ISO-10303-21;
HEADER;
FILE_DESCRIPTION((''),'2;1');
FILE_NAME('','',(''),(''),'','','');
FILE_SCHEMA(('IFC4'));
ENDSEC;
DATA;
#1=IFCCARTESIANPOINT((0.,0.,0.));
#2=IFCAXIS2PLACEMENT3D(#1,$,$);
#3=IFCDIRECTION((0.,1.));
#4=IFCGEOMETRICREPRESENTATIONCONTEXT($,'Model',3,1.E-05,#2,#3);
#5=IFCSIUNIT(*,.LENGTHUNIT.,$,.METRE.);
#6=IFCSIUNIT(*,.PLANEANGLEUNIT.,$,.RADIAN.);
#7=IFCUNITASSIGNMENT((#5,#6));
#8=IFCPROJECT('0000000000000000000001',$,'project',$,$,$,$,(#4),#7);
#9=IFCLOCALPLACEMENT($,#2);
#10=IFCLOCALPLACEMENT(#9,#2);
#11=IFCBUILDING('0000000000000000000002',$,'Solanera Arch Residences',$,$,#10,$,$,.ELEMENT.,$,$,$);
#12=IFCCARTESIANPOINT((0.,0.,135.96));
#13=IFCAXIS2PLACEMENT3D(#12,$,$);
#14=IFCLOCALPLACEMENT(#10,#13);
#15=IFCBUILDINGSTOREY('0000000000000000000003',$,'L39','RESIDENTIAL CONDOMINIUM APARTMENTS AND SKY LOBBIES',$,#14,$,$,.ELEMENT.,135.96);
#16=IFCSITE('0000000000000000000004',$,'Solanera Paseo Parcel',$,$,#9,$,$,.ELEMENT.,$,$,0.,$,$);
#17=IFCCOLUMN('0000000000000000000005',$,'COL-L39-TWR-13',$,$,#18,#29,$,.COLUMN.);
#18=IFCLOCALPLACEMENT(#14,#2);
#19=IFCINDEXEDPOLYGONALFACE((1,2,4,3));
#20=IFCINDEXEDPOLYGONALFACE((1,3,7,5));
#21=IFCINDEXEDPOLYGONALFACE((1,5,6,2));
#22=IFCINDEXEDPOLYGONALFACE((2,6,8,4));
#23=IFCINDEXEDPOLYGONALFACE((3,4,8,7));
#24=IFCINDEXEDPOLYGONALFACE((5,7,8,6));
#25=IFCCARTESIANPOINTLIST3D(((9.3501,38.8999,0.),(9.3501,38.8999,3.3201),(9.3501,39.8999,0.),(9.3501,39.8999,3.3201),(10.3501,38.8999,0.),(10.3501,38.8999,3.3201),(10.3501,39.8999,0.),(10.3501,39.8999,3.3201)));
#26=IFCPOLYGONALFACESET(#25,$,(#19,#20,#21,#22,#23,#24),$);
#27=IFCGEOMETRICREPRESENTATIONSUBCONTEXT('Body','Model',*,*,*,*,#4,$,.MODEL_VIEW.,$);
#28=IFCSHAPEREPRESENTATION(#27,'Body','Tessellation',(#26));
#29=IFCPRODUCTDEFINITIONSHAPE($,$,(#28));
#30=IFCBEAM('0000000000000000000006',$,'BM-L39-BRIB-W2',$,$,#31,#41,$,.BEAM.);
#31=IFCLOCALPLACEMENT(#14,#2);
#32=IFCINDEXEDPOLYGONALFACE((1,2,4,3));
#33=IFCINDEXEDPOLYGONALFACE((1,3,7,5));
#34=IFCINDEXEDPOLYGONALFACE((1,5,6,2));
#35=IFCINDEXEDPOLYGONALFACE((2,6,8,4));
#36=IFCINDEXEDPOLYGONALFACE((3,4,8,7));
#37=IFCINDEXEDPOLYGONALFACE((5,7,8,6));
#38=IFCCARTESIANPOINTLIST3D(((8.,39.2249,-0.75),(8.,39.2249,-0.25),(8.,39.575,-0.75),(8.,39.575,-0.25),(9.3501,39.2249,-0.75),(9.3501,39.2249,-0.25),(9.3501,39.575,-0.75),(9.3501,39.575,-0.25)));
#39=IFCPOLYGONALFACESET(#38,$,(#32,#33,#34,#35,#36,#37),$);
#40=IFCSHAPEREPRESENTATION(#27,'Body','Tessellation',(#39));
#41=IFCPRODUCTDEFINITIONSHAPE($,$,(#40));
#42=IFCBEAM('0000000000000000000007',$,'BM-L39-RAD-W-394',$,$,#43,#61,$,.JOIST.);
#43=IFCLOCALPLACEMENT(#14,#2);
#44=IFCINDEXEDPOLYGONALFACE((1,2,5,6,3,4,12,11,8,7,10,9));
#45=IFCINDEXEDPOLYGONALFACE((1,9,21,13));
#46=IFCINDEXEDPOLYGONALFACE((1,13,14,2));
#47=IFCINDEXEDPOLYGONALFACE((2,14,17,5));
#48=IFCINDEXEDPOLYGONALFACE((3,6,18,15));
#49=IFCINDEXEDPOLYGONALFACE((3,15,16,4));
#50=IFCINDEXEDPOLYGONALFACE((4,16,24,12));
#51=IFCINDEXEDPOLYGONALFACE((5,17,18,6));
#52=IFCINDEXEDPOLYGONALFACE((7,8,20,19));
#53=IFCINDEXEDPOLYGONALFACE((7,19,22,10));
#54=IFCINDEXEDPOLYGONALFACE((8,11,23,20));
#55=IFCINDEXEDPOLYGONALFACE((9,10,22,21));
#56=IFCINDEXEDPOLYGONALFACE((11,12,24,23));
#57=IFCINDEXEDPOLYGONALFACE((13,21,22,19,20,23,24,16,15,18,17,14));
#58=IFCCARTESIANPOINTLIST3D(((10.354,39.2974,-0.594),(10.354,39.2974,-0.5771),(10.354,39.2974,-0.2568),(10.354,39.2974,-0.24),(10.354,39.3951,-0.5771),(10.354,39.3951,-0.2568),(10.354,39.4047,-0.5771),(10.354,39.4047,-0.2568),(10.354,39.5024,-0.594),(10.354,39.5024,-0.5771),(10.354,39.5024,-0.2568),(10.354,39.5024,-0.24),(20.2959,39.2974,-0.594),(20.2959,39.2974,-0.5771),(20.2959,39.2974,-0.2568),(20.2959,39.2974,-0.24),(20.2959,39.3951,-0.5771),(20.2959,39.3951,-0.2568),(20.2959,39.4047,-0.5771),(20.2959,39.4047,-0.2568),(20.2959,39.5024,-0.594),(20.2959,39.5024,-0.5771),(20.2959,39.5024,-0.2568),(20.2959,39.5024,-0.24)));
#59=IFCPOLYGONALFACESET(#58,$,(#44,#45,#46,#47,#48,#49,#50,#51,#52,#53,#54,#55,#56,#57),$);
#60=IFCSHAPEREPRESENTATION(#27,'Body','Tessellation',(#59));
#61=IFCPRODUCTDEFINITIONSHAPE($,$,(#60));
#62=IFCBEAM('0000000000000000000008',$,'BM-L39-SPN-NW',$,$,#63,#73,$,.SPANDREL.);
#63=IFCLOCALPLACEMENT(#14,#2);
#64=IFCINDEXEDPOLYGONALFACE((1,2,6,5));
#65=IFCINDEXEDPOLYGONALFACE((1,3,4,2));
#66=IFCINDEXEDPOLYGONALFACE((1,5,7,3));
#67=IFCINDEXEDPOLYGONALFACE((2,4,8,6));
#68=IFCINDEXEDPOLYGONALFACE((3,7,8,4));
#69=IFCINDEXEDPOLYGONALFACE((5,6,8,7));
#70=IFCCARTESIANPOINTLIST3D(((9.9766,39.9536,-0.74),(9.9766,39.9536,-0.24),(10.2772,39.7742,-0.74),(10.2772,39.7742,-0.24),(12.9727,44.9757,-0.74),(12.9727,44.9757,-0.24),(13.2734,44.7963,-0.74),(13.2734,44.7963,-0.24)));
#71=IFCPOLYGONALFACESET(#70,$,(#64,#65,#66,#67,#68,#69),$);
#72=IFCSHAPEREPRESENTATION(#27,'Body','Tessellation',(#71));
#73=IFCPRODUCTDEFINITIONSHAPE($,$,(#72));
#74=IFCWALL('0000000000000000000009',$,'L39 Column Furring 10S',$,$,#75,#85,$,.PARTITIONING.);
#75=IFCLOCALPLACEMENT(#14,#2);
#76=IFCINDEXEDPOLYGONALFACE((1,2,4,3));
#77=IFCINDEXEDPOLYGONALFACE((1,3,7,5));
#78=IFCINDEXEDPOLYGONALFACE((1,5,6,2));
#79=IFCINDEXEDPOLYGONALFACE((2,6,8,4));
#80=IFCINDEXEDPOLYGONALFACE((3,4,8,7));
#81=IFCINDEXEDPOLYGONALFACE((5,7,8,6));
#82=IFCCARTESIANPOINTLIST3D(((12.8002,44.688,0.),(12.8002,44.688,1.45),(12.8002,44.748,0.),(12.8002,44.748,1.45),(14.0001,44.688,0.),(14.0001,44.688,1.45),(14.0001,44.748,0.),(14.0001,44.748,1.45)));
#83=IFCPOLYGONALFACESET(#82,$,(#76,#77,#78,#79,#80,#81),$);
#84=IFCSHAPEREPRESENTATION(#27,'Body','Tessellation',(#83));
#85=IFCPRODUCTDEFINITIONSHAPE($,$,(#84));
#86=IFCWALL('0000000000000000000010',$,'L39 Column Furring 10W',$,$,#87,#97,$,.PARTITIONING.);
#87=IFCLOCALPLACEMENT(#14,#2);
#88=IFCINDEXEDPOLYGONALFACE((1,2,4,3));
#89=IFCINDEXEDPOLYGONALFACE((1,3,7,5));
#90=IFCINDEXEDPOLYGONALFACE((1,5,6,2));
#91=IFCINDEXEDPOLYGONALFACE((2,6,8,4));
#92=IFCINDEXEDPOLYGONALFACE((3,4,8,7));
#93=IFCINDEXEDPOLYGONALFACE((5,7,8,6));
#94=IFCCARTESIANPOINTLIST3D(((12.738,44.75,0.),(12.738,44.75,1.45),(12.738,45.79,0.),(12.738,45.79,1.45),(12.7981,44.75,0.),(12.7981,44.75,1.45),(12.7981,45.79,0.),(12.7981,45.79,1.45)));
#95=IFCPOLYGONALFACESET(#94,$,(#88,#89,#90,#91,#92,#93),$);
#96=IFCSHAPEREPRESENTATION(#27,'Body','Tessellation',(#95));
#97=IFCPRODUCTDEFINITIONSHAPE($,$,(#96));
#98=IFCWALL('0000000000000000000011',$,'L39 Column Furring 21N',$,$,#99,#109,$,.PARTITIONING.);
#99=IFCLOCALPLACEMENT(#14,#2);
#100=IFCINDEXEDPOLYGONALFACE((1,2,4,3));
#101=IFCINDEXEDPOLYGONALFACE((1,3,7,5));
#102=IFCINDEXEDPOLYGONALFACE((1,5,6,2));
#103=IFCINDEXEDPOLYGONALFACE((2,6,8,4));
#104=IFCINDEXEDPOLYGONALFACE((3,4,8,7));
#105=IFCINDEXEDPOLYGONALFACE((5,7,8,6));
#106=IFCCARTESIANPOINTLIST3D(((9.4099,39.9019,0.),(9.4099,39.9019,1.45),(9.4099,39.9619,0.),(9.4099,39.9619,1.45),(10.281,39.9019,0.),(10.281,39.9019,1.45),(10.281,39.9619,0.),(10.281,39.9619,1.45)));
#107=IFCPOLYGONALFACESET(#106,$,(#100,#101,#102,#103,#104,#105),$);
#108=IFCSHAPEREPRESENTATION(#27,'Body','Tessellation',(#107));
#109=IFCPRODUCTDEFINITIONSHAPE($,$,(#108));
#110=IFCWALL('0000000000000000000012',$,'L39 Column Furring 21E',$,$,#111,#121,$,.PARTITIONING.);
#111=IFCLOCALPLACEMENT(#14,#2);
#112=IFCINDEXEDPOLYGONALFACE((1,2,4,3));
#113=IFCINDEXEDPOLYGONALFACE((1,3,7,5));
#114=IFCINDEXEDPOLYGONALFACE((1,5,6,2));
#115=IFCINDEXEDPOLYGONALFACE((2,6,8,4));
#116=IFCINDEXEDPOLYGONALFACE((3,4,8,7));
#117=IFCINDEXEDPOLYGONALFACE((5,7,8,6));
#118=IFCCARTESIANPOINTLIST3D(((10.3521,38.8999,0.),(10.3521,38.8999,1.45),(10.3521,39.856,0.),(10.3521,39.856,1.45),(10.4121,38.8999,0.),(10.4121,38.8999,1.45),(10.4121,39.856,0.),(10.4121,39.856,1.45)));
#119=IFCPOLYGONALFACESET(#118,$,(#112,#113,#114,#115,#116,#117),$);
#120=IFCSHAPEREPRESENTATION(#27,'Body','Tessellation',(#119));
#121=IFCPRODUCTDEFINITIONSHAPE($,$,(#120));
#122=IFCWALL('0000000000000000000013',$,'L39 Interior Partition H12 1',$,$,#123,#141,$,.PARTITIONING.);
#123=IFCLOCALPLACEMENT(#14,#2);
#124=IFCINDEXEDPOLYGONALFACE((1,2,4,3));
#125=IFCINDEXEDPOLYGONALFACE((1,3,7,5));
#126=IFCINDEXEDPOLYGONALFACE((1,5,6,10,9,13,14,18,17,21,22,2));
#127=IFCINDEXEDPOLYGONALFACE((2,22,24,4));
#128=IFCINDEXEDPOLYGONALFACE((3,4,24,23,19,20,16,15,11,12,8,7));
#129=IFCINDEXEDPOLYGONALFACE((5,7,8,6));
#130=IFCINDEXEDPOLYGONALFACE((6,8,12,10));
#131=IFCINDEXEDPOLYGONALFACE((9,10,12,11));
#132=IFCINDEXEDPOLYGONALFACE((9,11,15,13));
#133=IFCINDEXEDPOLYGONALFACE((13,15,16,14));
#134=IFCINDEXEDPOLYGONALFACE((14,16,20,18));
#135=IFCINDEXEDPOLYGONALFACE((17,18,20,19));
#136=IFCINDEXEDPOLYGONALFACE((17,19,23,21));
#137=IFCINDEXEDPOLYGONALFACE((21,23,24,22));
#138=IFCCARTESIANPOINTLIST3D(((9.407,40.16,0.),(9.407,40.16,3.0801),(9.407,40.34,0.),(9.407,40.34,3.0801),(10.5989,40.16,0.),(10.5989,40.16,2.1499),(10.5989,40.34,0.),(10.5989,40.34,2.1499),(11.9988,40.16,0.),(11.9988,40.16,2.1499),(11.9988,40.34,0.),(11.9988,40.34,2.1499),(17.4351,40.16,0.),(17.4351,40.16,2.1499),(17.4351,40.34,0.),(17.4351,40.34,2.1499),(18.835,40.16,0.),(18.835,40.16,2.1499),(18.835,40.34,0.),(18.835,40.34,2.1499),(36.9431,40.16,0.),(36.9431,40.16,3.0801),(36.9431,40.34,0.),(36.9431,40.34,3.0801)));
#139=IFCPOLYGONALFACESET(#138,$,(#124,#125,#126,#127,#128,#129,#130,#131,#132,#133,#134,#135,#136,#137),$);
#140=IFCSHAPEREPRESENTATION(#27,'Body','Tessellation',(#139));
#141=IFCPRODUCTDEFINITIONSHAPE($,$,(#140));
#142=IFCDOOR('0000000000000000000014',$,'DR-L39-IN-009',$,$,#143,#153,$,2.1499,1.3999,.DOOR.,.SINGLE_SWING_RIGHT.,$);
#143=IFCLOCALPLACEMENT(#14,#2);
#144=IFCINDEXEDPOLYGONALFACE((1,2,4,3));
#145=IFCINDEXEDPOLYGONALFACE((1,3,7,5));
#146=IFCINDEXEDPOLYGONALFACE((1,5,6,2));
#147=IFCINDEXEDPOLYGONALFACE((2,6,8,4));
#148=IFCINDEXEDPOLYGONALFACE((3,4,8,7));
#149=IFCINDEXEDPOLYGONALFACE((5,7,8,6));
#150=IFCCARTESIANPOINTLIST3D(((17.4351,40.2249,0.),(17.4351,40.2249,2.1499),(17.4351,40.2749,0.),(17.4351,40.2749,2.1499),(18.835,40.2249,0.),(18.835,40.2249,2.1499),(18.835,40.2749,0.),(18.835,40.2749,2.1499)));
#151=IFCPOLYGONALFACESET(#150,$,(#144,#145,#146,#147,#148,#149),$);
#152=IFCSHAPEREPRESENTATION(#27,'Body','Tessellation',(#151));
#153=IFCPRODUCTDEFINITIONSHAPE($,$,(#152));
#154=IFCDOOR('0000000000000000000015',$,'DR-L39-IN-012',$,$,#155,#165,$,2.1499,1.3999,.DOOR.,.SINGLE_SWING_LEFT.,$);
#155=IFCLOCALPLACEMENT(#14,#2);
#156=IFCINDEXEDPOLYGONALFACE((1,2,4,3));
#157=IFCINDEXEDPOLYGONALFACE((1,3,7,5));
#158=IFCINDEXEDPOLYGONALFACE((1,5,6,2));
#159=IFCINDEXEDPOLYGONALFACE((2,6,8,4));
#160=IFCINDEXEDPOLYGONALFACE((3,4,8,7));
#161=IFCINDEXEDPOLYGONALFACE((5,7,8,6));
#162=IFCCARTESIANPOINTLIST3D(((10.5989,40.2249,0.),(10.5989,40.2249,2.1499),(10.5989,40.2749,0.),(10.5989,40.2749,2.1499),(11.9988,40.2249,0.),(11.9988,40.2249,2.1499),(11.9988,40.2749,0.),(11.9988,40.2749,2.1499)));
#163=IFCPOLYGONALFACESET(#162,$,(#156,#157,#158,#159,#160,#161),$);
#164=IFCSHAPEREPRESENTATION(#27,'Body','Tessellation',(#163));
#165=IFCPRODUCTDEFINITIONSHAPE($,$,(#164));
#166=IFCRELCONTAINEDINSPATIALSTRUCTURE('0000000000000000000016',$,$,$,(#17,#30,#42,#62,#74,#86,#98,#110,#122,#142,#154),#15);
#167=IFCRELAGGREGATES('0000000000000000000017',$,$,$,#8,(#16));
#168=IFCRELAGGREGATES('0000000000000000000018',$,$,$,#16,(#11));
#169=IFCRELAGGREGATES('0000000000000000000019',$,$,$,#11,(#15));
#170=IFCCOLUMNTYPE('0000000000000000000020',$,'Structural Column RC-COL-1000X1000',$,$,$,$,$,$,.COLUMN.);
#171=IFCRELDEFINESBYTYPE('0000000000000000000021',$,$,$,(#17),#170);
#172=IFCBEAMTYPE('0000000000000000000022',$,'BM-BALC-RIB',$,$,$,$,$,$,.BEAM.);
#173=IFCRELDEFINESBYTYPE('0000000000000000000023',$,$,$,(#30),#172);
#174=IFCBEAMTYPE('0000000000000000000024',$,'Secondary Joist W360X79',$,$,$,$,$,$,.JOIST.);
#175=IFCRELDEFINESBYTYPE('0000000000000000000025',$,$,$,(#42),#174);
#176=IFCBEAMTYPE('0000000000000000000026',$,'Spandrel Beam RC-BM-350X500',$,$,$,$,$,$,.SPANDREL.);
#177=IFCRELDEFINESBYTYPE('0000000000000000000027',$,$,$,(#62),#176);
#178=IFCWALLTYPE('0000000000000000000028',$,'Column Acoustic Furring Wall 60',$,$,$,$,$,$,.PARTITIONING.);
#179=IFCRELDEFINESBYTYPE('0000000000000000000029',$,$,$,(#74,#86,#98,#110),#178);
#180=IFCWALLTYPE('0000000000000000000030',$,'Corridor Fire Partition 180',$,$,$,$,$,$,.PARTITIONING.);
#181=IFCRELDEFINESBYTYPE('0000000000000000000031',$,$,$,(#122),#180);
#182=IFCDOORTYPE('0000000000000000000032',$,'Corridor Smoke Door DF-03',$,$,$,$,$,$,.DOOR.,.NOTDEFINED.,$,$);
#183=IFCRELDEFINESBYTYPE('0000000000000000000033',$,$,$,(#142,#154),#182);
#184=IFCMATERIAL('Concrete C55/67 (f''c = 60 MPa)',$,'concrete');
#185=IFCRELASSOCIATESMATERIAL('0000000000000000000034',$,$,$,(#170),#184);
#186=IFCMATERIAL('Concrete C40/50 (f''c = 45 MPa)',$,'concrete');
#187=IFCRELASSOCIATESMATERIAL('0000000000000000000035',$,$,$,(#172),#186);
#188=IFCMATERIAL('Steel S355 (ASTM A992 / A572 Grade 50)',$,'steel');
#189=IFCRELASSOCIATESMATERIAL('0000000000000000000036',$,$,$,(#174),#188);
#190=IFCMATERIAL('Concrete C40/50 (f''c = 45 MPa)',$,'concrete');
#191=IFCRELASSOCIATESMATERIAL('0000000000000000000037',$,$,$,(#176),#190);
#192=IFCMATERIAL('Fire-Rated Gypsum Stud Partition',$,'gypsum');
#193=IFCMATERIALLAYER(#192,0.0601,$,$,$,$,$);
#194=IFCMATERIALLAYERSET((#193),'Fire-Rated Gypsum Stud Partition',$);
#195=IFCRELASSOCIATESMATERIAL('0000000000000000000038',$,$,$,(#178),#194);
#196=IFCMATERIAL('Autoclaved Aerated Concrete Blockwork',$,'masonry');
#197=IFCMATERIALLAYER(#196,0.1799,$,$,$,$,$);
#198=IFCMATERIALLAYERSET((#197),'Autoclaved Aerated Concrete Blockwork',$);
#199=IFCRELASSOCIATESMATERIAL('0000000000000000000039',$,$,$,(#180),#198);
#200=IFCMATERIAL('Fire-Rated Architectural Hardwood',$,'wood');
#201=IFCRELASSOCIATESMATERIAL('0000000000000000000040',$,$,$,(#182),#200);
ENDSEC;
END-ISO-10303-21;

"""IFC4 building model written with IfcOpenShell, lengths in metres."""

from ifc_helpers import new_model, si_unit, direction, frame, frame_2d, origin, origin_2d, place, context, subcontext, project, spatial, rectangle, i_section, extrude, material, layer, layer_set, material_profile, profile_set, type_object, element, fill, save


model = new_model("IFC4")

# Units and contexts
model_context = context("Model", 3, precision=1e-05, world=origin(), true_north=direction((0.0, 1.0)))
body_context = subcontext(model_context, "Body", "Model", "MODEL_VIEW")
ifc_project = project(units=[si_unit("LENGTHUNIT", "METRE"), si_unit("PLANEANGLEUNIT", "RADIAN")], contexts=[model_context])

# Site, building, storey
site_placement = place(None, origin())
site = spatial("IfcSite", under=ifc_project, at=site_placement, Name="Solanera Paseo Parcel", CompositionType="ELEMENT", RefElevation=0.0)
building_placement = place(site_placement, origin())
building = spatial("IfcBuilding", under=site, at=building_placement, Name="Solanera Arch Residences", CompositionType="ELEMENT")
storey_placement = place(building_placement, frame((0.0, 0.0, 135.96)))
storey = spatial("IfcBuildingStorey", under=building, at=storey_placement, Name="L39", Description="RESIDENTIAL CONDOMINIUM APARTMENTS AND SKY LOBBIES", CompositionType="ELEMENT", Elevation=135.96)

# Column
ifc_material_1 = material(Name="Concrete C55/67 (f'c = 60 MPa)", Category="concrete")
ifc_material_profile_1 = material_profile(ifc_material_1, rectangle(XDim=1.0, YDim=1.0, at=origin_2d()))
ifc_profile_set_1 = profile_set([ifc_material_profile_1], Name="Concrete C55/67 (f'c = 60 MPa)")
column_type = type_object("IfcColumnType", Name="Structural Column RC-COL-1000X1000", PredefinedType="COLUMN", material=ifc_profile_set_1)
column_placement = place(storey_placement, frame((9.8501, 39.3999, 0.0), z_axis=(0.0, 0.0, 1.0), x_axis=(1.0, 0.0, 0.0)))
element("IfcColumn", 1, at=column_placement, inside=storey, type_object=column_type, Name="COL-L39-TWR-13", PredefinedType="COLUMN", context=body_context, shape_type="SweptSolid", body=[
    extrude(rectangle(XDim=1.0, YDim=1.0, at=origin_2d()), origin(), (0.0, 0.0, 1.0), 3.3201),
])

# Beams
ifc_material_2 = material(Name="Concrete C40/50 (f'c = 45 MPa)", Category="concrete")
ifc_material_profile_2 = material_profile(ifc_material_2, rectangle(XDim=0.3501, YDim=0.5, at=origin_2d()))
ifc_profile_set_2 = profile_set([ifc_material_profile_2], Name="Concrete C40/50 (f'c = 45 MPa)")
beam_type_1 = type_object("IfcBeamType", Name="BM-BALC-RIB", PredefinedType="BEAM", material=ifc_profile_set_2)
beam_1_placement = place(storey_placement, frame((8.0, 39.3999, -0.5), z_axis=(1.0, 0.0, 0.0), x_axis=(0.0, 1.0, 0.0)))
element("IfcBeam", 2, at=beam_1_placement, inside=storey, type_object=beam_type_1, Name="BM-L39-BRIB-W2", PredefinedType="BEAM", context=body_context, shape_type="SweptSolid", body=[
    extrude(rectangle(XDim=0.3501, YDim=0.5, at=origin_2d()), origin(), (0.0, 0.0, 1.0), 1.3501),
])
ifc_material_3 = material(Name="Steel S355 (ASTM A992 / A572 Grade 50)", Category="steel")
ifc_material_profile_3 = material_profile(ifc_material_3, i_section(OverallWidth=0.2051, OverallDepth=0.354, WebThickness=0.0095, FlangeThickness=0.0168, at=origin_2d()))
ifc_profile_set_3 = profile_set([ifc_material_profile_3], Name="Steel S355 (ASTM A992 / A572 Grade 50)")
beam_type_2 = type_object("IfcBeamType", Name="Secondary Joist W360X79", PredefinedType="JOIST", material=ifc_profile_set_3)
beam_2_placement = place(storey_placement, frame((10.354, 39.3999, -0.417), z_axis=(1.0, 0.0, 0.0), x_axis=(0.0, 1.0, 0.0)))
element("IfcBeam", 3, at=beam_2_placement, inside=storey, type_object=beam_type_2, Name="BM-L39-RAD-W-394", PredefinedType="JOIST", context=body_context, shape_type="SweptSolid", body=[
    extrude(i_section(OverallWidth=0.2051, OverallDepth=0.354, WebThickness=0.0095, FlangeThickness=0.0168, at=origin_2d()), origin(), (0.0, 0.0, 1.0), 9.9419),
])
ifc_material_4 = material(Name="Concrete C40/50 (f'c = 45 MPa)", Category="concrete")
ifc_material_profile_4 = material_profile(ifc_material_4, rectangle(XDim=0.3501, YDim=0.5, at=origin_2d()))
ifc_profile_set_4 = profile_set([ifc_material_profile_4], Name="Concrete C40/50 (f'c = 45 MPa)")
beam_type_3 = type_object("IfcBeamType", Name="Spandrel Beam RC-BM-350X500", PredefinedType="SPANDREL", material=ifc_profile_set_4)
beam_3_placement = place(storey_placement, frame((13.123, 44.886, -0.49), z_axis=(-0.512345, -0.85878, 0.0), x_axis=(0.85878, -0.512345, 0.0)))
element("IfcBeam", 4, at=beam_3_placement, inside=storey, type_object=beam_type_3, Name="BM-L39-SPN-NW", PredefinedType="SPANDREL", context=body_context, shape_type="SweptSolid", body=[
    extrude(rectangle(XDim=0.3501, YDim=0.5, at=origin_2d()), origin(), (0.0, 0.0, 1.0), 5.8479),
])

# Walls
ifc_material_5 = material(Name="Fire-Rated Gypsum Stud Partition", Category="gypsum")
ifc_layer_1 = layer(ifc_material_5, 0.0601)
ifc_layer_set_1 = layer_set([ifc_layer_1], Name="Fire-Rated Gypsum Stud Partition")
wall_type_1 = type_object("IfcWallType", Name="Column Acoustic Furring Wall 60", PredefinedType="PARTITIONING", material=ifc_layer_set_1)
wall_1_placement = place(storey_placement, frame((12.8, 44.718, 0.0), z_axis=(0.0, 0.0, 1.0), x_axis=(1.0, 0.0, 0.0)))
element("IfcWall", 5, at=wall_1_placement, inside=storey, type_object=wall_type_1, Name="L39 Column Furring 10S", PredefinedType="PARTITIONING", context=body_context, shape_type="SweptSolid", body=[
    extrude(rectangle(XDim=1.2, YDim=0.0601, at=frame_2d((0.6001, 0.0))), origin(), (0.0, 0.0, 1.0), 1.45),
])
wall_2_placement = place(storey_placement, frame((12.7681, 44.75, 0.0), z_axis=(0.0, 0.0, 1.0), x_axis=(0.0, 1.0, 0.0)))
element("IfcWall", 6, at=wall_2_placement, inside=storey, type_object=wall_type_1, Name="L39 Column Furring 10W", PredefinedType="PARTITIONING", context=body_context, shape_type="SweptSolid", body=[
    extrude(rectangle(XDim=1.04, YDim=0.0601, at=frame_2d((0.52, 0.0))), origin(), (0.0, 0.0, 1.0), 1.45),
])
wall_3_placement = place(storey_placement, frame((9.4099, 39.9319, 0.0), z_axis=(0.0, 0.0, 1.0), x_axis=(1.0, 0.0, 0.0)))
element("IfcWall", 7, at=wall_3_placement, inside=storey, type_object=wall_type_1, Name="L39 Column Furring 21N", PredefinedType="PARTITIONING", context=body_context, shape_type="SweptSolid", body=[
    extrude(rectangle(XDim=0.8711, YDim=0.0601, at=frame_2d((0.4355, 0.0))), origin(), (0.0, 0.0, 1.0), 1.45),
])
wall_4_placement = place(storey_placement, frame((10.3821, 38.8999, 0.0), z_axis=(0.0, 0.0, 1.0), x_axis=(0.0, 1.0, 0.0)))
element("IfcWall", 8, at=wall_4_placement, inside=storey, type_object=wall_type_1, Name="L39 Column Furring 21E", PredefinedType="PARTITIONING", context=body_context, shape_type="SweptSolid", body=[
    extrude(rectangle(XDim=0.9561, YDim=0.0601, at=frame_2d((0.478, 0.0))), origin(), (0.0, 0.0, 1.0), 1.45),
])

# Wall, openings, doors
ifc_material_6 = material(Name="Autoclaved Aerated Concrete Blockwork", Category="masonry")
ifc_layer_2 = layer(ifc_material_6, 0.1799)
ifc_layer_set_2 = layer_set([ifc_layer_2], Name="Autoclaved Aerated Concrete Blockwork")
wall_type_2 = type_object("IfcWallType", Name="Corridor Fire Partition 180", PredefinedType="PARTITIONING", material=ifc_layer_set_2)
wall_5_placement = place(storey_placement, frame((9.407, 40.25, 0.0), z_axis=(0.0, 0.0, 1.0), x_axis=(1.0, 0.0, 0.0)))
wall_5 = element("IfcWall", 9, at=wall_5_placement, inside=storey, type_object=wall_type_2, Name="L39 Interior Partition H12 1", PredefinedType="PARTITIONING", context=body_context, shape_type="SweptSolid", body=[
    extrude(rectangle(XDim=27.5361, YDim=0.1799, at=frame_2d((13.7681, 0.0))), origin(), (0.0, 0.0, 1.0), 3.0801),
])
opening_1_placement = place(wall_5_placement, frame((8.0281, 0.0, 0.0)))
opening_1 = element("IfcOpeningElement", 10, at=opening_1_placement, cuts=wall_5, PredefinedType="OPENING", context=body_context, shape_type="SweptSolid", body=[
    extrude(rectangle(XDim=1.3999, YDim=2.1499, at=frame_2d((0.7, 1.075))), frame((0.0, 0.1001, 0.0), z_axis=(0.0, -1.0, 0.0), x_axis=(1.0, 0.0, 0.0)), (0.0, 0.0, 1.0), 0.1999),
])
opening_2_placement = place(wall_5_placement, frame((1.1919, 0.0, 0.0)))
opening_2 = element("IfcOpeningElement", 11, at=opening_2_placement, cuts=wall_5, PredefinedType="OPENING", context=body_context, shape_type="SweptSolid", body=[
    extrude(rectangle(XDim=1.3999, YDim=2.1499, at=frame_2d((0.7, 1.075))), frame((0.0, 0.1001, 0.0), z_axis=(0.0, -1.0, 0.0), x_axis=(1.0, 0.0, 0.0)), (0.0, 0.0, 1.0), 0.1999),
])
ifc_material_7 = material(Name="Fire-Rated Architectural Hardwood", Category="wood")
door_type_1 = type_object("IfcDoorType", Name="Corridor Smoke Door DF-03", OperationType="NOTDEFINED", PredefinedType="DOOR", material=ifc_material_7)
door_1_placement = place(opening_1_placement, origin())
door_1 = element("IfcDoor", 12, at=door_1_placement, inside=storey, type_object=door_type_1, Name="DR-L39-IN-009", OperationType="SINGLE_SWING_RIGHT", OverallHeight=2.1499, OverallWidth=1.3999, PredefinedType="DOOR", context=body_context, shape_type="SweptSolid", body=[
    extrude(rectangle(XDim=1.3999, YDim=2.1499, at=frame_2d((0.7, 1.075))), frame((0.0, 0.0249, 0.0), z_axis=(0.0, -1.0, 0.0), x_axis=(1.0, 0.0, 0.0)), (0.0, 0.0, 1.0), 0.05),
])
fill(opening_1, door_1)
door_2_placement = place(opening_2_placement, origin())
door_2 = element("IfcDoor", 13, at=door_2_placement, inside=storey, type_object=door_type_1, Name="DR-L39-IN-012", OperationType="SINGLE_SWING_LEFT", OverallHeight=2.1499, OverallWidth=1.3999, PredefinedType="DOOR", context=body_context, shape_type="SweptSolid", body=[
    extrude(rectangle(XDim=1.3999, YDim=2.1499, at=frame_2d((0.7, 1.075))), frame((0.0, 0.0249, 0.0), z_axis=(0.0, -1.0, 0.0), x_axis=(1.0, 0.0, 0.0)), (0.0, 0.0, 1.0), 0.05),
])
fill(opening_2, door_2)

save(model, "model.ifc")
